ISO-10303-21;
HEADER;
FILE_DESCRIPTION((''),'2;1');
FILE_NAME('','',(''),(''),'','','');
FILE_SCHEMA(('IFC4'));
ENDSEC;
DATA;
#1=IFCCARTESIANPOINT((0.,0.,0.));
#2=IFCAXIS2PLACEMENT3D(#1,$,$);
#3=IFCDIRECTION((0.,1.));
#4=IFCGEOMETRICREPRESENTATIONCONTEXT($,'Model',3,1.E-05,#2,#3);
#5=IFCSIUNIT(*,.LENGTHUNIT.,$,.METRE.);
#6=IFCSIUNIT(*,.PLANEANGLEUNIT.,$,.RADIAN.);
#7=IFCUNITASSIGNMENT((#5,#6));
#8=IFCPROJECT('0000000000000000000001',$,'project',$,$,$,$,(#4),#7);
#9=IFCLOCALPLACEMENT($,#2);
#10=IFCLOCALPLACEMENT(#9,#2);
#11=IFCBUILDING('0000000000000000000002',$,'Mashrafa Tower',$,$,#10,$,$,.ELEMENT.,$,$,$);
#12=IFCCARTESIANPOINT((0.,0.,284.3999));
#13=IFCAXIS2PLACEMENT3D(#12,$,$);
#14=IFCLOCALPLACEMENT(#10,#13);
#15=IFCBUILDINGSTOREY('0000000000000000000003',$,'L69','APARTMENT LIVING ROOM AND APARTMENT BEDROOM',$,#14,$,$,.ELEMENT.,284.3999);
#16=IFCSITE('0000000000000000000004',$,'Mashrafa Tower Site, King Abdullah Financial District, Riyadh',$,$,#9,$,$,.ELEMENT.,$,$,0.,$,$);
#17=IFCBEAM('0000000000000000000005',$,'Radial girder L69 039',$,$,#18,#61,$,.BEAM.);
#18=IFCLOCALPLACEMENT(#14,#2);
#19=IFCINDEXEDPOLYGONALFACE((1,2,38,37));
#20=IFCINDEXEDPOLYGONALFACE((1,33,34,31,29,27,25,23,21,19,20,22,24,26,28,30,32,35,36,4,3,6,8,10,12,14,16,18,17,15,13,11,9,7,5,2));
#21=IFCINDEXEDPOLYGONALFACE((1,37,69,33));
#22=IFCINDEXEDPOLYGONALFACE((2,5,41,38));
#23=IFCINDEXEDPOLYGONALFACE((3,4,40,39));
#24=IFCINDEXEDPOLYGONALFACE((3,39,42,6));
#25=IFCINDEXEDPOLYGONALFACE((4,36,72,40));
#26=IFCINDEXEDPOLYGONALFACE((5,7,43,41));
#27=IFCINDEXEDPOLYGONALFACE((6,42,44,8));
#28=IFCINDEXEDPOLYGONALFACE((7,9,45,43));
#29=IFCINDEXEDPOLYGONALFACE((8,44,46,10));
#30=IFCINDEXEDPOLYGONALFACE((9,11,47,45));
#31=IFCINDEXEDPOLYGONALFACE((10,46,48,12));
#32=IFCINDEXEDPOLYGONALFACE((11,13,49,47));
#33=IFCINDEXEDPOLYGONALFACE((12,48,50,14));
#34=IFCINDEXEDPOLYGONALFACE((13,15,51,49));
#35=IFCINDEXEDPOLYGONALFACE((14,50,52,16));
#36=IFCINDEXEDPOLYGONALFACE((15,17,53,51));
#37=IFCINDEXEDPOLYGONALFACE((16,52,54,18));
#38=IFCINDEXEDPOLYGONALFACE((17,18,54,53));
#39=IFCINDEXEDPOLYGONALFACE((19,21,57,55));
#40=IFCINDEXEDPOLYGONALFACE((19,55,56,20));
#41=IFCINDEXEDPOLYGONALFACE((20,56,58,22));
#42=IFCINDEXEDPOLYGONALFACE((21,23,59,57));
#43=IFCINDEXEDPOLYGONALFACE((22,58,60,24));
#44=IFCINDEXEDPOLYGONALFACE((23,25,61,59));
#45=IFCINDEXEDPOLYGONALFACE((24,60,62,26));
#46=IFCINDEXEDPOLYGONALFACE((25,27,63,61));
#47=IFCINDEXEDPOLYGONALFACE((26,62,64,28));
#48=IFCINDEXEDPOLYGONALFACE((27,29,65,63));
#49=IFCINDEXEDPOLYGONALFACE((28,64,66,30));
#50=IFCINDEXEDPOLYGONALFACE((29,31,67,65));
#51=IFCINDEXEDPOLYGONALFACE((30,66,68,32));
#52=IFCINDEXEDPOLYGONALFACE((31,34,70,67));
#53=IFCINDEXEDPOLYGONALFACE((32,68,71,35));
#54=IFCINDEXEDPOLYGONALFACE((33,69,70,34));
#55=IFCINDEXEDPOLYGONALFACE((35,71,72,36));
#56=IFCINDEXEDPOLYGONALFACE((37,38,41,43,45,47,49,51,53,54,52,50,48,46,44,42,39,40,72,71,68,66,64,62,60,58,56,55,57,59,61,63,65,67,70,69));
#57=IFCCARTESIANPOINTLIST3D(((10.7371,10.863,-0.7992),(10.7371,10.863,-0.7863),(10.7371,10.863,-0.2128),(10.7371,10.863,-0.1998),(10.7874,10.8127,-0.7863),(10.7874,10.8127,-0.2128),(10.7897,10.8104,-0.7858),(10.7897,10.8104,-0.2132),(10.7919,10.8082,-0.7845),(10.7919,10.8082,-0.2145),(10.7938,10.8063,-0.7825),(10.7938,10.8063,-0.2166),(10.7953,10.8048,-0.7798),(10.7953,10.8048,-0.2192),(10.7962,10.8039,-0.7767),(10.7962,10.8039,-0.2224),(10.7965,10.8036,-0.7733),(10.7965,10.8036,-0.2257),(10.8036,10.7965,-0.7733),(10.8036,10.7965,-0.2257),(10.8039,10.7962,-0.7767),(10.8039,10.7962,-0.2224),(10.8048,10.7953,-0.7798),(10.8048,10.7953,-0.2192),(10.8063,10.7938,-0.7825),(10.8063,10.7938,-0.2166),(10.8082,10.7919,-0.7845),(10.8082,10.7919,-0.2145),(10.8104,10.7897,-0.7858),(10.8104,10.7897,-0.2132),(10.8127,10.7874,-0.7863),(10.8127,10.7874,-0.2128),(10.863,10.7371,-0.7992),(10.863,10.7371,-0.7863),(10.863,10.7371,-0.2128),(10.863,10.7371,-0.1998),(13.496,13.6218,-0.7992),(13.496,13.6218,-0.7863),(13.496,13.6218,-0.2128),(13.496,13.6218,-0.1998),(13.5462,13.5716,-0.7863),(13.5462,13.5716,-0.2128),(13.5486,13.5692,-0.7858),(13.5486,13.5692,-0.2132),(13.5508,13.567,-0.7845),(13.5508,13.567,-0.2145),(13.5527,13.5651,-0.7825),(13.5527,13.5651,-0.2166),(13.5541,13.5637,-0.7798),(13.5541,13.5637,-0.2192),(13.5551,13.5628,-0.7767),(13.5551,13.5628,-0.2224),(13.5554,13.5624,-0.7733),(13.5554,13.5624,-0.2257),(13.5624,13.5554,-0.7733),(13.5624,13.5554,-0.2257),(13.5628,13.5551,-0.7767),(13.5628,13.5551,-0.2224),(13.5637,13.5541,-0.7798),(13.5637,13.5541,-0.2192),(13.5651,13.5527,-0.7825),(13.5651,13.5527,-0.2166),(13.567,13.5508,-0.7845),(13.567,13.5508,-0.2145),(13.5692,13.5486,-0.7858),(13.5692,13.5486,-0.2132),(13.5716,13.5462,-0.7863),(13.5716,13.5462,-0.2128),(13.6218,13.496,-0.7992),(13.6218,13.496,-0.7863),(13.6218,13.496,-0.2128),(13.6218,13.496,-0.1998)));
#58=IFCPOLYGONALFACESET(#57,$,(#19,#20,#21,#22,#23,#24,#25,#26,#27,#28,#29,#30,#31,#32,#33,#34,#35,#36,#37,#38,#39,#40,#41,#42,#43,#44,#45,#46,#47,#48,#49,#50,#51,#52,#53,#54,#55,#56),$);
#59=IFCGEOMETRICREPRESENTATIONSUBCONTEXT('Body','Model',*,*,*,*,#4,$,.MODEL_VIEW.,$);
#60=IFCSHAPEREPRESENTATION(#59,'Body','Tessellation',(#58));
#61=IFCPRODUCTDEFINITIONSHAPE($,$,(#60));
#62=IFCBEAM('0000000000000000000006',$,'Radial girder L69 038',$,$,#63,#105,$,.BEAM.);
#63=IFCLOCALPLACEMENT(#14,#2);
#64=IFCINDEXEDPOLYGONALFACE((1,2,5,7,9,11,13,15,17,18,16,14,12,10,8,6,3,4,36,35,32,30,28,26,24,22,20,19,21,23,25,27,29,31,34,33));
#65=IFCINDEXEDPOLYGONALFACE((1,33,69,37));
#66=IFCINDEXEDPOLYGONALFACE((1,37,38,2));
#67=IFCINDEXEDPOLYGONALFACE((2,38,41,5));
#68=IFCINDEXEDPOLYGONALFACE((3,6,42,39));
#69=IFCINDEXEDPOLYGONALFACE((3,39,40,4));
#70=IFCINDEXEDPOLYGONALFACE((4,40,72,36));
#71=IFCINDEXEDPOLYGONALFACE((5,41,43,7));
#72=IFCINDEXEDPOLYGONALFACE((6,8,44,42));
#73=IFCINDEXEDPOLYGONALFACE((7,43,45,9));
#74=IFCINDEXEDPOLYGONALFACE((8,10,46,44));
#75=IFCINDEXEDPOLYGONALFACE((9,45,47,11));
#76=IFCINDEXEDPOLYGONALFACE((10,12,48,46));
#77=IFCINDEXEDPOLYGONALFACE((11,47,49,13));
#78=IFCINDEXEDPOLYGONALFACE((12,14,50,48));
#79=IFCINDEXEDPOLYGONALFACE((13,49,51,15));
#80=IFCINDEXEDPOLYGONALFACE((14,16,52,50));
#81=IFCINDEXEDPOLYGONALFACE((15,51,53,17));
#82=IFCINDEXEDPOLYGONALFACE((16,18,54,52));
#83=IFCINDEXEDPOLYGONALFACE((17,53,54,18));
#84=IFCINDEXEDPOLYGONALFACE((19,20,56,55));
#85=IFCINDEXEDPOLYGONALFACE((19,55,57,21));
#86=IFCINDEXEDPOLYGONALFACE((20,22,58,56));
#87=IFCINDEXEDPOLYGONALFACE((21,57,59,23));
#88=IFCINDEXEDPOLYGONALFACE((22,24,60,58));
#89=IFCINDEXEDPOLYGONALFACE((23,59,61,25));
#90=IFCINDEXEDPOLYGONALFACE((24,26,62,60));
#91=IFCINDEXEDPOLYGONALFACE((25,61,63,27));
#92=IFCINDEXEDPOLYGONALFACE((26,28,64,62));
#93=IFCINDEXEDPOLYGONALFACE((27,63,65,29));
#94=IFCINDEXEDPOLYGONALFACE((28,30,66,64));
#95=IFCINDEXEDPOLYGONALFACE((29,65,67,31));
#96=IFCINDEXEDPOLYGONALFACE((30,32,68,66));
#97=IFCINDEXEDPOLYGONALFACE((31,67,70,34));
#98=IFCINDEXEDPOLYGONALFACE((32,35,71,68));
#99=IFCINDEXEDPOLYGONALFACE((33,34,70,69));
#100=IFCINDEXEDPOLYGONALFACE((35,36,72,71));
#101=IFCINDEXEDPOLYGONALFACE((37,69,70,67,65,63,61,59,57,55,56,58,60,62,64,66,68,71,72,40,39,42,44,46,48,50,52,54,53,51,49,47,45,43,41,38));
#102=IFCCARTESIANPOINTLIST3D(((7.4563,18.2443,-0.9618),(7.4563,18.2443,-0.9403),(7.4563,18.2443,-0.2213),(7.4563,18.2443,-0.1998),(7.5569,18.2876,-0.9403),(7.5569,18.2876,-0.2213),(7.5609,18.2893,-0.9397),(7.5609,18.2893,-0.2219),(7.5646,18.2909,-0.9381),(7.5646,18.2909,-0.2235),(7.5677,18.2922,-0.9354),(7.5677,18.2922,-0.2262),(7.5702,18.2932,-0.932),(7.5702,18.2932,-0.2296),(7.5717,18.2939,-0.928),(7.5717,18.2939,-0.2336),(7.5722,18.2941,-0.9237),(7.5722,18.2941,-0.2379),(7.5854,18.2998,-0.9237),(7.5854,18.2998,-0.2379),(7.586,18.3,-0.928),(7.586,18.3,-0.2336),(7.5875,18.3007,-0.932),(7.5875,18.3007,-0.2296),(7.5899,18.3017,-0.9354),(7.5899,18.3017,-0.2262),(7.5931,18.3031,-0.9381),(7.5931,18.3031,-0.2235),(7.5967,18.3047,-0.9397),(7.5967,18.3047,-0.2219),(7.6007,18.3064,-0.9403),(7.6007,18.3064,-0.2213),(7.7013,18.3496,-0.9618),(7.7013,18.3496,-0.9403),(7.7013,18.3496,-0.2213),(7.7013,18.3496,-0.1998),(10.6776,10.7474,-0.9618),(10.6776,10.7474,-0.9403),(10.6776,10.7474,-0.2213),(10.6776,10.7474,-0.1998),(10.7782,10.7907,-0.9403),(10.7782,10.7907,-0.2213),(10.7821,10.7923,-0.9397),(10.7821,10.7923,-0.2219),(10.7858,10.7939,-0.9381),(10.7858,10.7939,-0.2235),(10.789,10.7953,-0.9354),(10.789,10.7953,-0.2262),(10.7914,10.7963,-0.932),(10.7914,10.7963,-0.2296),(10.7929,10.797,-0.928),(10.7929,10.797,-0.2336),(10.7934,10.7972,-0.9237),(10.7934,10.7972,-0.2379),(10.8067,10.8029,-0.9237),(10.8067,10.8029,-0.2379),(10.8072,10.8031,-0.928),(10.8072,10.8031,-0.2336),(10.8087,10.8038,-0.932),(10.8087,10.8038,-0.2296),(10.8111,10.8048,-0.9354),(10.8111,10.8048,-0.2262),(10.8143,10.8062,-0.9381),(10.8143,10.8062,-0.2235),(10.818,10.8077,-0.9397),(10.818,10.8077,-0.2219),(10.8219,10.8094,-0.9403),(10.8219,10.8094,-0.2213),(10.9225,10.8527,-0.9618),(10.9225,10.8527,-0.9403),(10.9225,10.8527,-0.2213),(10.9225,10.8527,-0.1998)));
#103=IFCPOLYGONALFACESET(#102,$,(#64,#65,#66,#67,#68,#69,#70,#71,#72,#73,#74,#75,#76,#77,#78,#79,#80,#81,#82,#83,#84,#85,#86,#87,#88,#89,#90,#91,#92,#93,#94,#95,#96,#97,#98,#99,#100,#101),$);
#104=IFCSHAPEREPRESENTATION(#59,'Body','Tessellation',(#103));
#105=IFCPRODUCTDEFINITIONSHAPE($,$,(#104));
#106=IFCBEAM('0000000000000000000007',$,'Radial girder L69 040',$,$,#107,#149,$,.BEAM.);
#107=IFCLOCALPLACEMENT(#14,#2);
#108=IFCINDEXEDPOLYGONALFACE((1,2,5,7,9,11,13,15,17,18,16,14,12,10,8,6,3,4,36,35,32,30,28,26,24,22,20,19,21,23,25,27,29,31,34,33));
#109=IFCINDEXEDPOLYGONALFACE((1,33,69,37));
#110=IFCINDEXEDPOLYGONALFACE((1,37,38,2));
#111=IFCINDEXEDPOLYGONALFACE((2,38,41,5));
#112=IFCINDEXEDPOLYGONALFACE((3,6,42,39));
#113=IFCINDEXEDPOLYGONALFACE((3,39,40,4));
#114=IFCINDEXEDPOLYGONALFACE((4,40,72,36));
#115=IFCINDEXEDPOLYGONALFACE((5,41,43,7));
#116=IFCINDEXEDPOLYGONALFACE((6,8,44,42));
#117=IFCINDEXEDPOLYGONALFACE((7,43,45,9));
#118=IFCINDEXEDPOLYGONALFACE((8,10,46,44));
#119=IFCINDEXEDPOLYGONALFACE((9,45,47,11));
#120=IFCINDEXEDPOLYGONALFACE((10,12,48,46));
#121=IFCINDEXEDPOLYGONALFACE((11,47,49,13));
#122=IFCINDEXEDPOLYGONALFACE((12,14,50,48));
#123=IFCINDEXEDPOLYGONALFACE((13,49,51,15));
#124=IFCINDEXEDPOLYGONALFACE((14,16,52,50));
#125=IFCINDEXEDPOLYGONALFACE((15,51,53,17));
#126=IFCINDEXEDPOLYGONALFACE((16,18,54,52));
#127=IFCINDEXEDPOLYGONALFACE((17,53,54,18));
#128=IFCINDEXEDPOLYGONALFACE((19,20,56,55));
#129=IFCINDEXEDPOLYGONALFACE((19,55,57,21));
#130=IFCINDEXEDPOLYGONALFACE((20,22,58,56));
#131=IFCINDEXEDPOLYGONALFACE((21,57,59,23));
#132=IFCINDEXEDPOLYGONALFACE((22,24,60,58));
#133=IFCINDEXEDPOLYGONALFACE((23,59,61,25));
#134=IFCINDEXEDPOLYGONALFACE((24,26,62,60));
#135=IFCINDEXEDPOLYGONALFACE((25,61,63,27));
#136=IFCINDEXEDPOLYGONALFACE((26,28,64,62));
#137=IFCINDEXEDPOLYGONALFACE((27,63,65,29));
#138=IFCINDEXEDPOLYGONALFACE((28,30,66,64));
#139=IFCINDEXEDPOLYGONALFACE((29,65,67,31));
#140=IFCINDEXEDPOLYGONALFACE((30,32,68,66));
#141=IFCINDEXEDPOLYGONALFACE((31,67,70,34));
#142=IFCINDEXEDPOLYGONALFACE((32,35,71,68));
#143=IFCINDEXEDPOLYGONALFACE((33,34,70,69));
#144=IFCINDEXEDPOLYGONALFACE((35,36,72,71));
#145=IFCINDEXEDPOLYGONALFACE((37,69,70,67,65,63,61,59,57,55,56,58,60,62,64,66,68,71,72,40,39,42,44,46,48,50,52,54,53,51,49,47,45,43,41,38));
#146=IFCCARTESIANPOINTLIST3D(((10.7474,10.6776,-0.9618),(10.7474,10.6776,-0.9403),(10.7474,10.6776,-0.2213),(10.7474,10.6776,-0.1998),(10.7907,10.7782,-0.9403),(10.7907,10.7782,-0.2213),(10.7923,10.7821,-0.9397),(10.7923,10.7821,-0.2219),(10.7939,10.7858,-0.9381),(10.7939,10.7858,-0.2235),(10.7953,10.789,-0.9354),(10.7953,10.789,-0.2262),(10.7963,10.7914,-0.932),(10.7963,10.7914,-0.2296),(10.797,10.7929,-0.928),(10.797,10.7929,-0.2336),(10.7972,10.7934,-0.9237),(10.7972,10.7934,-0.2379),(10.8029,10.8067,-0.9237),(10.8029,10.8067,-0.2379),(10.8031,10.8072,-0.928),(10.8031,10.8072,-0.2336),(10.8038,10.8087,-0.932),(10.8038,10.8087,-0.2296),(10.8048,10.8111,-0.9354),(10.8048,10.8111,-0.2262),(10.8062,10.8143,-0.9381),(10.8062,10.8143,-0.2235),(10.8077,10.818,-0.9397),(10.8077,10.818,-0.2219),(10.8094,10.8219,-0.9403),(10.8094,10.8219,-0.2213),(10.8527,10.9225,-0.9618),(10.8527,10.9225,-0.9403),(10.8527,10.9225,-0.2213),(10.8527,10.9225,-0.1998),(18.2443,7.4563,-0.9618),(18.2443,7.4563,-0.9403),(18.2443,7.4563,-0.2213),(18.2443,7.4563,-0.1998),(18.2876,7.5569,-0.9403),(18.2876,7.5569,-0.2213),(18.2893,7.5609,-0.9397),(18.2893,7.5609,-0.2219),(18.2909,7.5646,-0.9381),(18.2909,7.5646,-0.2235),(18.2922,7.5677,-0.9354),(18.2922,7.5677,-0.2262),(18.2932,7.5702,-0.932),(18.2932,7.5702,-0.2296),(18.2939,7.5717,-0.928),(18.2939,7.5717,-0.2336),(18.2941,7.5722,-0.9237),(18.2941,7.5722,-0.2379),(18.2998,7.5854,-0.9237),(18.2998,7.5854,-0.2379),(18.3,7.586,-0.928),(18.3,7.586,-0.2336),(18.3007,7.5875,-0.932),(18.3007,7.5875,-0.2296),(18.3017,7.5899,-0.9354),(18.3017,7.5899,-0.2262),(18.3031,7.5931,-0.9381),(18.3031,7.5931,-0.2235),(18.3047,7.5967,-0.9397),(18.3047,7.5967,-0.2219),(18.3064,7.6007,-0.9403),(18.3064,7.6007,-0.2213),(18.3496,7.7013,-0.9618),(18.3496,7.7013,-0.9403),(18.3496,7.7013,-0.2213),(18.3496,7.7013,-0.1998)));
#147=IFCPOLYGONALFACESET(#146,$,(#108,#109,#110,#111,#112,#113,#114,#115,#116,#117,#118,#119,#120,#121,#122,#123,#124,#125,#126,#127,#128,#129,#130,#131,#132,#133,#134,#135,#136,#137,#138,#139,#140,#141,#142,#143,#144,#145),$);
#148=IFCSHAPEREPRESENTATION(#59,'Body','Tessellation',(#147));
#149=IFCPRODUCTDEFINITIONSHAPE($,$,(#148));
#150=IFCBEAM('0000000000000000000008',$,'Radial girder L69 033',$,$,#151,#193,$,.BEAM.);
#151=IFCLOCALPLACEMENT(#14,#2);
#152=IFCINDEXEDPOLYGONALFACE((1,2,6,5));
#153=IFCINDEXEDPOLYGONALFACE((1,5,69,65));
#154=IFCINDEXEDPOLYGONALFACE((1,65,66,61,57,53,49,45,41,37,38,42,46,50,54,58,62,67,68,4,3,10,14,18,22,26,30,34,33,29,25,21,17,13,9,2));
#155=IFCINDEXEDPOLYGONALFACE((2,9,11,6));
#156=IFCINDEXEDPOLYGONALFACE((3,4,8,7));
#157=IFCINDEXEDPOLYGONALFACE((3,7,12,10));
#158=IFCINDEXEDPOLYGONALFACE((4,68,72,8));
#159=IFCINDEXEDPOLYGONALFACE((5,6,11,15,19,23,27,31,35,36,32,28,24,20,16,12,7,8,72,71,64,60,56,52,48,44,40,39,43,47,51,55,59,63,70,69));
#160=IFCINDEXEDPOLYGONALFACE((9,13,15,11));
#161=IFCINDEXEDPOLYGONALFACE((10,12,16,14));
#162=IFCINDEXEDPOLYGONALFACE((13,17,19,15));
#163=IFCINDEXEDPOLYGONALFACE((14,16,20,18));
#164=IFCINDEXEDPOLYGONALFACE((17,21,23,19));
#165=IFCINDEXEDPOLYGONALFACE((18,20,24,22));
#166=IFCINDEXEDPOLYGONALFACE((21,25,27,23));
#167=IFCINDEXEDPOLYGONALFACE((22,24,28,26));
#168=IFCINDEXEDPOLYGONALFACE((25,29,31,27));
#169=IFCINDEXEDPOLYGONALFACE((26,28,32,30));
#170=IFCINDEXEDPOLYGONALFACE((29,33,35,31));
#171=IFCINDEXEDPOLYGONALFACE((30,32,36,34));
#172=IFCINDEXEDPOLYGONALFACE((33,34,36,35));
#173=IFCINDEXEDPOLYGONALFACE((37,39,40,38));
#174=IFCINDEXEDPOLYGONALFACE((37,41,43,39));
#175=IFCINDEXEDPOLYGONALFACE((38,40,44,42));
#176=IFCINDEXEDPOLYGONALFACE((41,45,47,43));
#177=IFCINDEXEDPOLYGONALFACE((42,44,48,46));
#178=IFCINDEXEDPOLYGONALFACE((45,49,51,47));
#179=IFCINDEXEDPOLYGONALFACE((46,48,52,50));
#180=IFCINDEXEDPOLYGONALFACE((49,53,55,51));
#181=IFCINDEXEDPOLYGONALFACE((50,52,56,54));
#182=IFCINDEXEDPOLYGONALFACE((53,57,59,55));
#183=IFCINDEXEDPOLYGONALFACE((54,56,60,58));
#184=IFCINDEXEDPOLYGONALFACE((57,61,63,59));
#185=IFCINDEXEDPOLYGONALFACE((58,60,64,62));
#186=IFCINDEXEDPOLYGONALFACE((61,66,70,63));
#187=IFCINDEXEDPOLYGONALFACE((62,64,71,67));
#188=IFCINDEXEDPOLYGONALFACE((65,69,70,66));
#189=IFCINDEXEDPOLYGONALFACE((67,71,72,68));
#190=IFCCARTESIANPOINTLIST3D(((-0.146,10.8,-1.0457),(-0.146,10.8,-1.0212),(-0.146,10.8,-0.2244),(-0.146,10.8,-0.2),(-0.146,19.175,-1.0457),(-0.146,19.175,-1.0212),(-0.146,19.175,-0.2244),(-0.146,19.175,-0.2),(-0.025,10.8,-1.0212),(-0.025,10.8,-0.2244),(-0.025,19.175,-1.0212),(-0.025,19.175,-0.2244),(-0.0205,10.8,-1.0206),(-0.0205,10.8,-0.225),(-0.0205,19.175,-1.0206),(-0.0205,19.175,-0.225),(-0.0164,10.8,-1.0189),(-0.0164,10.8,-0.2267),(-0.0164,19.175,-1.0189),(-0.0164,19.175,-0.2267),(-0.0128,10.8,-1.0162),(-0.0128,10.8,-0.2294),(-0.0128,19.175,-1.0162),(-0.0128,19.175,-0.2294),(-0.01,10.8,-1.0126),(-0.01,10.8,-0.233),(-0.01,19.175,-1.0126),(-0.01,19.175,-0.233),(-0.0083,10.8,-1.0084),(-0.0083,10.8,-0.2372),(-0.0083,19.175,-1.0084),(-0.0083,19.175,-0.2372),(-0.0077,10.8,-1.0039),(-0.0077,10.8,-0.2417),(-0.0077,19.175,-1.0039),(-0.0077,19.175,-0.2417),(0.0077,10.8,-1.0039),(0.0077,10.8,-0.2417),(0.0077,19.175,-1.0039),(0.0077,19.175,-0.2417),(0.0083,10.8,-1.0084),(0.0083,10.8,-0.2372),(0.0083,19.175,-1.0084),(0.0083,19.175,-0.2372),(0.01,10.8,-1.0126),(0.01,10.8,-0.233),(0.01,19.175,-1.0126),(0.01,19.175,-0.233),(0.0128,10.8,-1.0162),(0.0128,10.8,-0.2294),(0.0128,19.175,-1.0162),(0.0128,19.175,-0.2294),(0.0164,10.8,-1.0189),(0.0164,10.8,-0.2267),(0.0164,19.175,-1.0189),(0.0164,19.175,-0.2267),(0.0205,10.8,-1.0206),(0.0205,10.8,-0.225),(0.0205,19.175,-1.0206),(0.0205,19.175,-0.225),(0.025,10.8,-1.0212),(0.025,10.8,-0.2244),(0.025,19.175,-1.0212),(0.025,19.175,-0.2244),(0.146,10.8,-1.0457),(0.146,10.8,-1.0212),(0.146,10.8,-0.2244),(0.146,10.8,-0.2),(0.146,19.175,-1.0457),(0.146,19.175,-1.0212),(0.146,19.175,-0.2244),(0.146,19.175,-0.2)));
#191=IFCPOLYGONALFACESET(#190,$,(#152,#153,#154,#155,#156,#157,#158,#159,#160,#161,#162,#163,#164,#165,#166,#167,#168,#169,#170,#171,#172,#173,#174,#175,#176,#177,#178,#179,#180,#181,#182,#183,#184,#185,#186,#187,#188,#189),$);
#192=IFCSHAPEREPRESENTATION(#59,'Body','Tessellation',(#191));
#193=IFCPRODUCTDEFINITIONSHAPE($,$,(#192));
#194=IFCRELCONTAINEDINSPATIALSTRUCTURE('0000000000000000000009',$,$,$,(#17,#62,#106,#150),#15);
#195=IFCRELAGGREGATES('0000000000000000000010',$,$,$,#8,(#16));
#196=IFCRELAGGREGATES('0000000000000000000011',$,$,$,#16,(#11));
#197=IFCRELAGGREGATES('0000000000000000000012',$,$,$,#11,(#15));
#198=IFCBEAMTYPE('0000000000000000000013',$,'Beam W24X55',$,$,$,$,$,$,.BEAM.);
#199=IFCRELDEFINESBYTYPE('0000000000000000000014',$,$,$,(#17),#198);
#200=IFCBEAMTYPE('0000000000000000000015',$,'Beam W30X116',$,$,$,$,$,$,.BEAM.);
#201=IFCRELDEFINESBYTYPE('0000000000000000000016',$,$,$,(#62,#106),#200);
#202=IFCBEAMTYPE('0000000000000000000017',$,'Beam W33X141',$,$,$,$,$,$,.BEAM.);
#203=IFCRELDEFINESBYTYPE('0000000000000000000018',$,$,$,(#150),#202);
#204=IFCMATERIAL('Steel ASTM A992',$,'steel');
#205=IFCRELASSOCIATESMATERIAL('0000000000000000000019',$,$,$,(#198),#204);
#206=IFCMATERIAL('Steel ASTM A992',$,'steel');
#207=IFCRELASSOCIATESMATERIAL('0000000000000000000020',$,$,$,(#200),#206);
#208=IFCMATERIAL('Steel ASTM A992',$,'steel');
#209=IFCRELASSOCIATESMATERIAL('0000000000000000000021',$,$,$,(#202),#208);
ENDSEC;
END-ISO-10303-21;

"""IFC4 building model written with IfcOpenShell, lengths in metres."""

from ifc_helpers import new_model, si_unit, direction, frame, origin, origin_2d, place, context, subcontext, project, spatial, i_section, extrude, material, material_profile, profile_set, type_object, element, save


model = new_model("IFC4")

# Units and contexts
model_context = context("Model", 3, precision=1e-05, world=origin(), true_north=direction((0.0, 1.0)))
body_context = subcontext(model_context, "Body", "Model", "MODEL_VIEW")
ifc_project = project(units=[si_unit("LENGTHUNIT", "METRE"), si_unit("PLANEANGLEUNIT", "RADIAN")], contexts=[model_context])

# Site, building, storey
site_placement = place(None, origin())
site = spatial("IfcSite", under=ifc_project, at=site_placement, Name="Mashrafa Tower Site, King Abdullah Financial District, Riyadh", CompositionType="ELEMENT", RefElevation=0.0)
building_placement = place(site_placement, origin())
building = spatial("IfcBuilding", under=site, at=building_placement, Name="Mashrafa Tower", CompositionType="ELEMENT")
storey_placement = place(building_placement, frame((0.0, 0.0, 284.3999)))
storey = spatial("IfcBuildingStorey", under=building, at=storey_placement, Name="L69", Description="APARTMENT LIVING ROOM AND APARTMENT BEDROOM", CompositionType="ELEMENT", Elevation=284.3999)

# Beams
ifc_material_1 = material(Name="Steel ASTM A992", Category="steel")
ifc_material_profile_1 = material_profile(ifc_material_1, i_section(OverallWidth=0.178, OverallDepth=0.5994, WebThickness=0.01, FlangeThickness=0.0129, FilletRadius=0.0129, at=origin_2d()), Name="W24X55")
ifc_profile_set_1 = profile_set([ifc_material_profile_1], Name="Steel ASTM A992")
beam_type_1 = type_object("IfcBeamType", Name="Beam W24X55", PredefinedType="BEAM", material=ifc_profile_set_1)
beam_1_placement = place(storey_placement, frame((10.8, 10.8, -0.4995), z_axis=(0.707107, 0.707107, 0.0), x_axis=(-0.707107, 0.707107, 0.0)))
element("IfcBeam", 1, at=beam_1_placement, inside=storey, type_object=beam_type_1, Name="Radial girder L69 039", PredefinedType="BEAM", context=body_context, shape_type="SweptSolid", body=[
    extrude(i_section(OverallWidth=0.178, OverallDepth=0.5994, WebThickness=0.01, FlangeThickness=0.0129, FilletRadius=0.0129, at=origin_2d()), origin(), (0.0, 0.0, 1.0), 3.9016),
])
ifc_material_2 = material(Name="Steel ASTM A992", Category="steel")
ifc_material_profile_2 = material_profile(ifc_material_2, i_section(OverallWidth=0.2666, OverallDepth=0.762, WebThickness=0.0144, FlangeThickness=0.0215, FilletRadius=0.0166, at=origin_2d()), Name="W30X116")
ifc_profile_set_2 = profile_set([ifc_material_profile_2], Name="Steel ASTM A992")
beam_type_2 = type_object("IfcBeamType", Name="Beam W30X116", PredefinedType="BEAM", material=ifc_profile_set_2)
for number, where, z_axis, x_axis, name in (
    (2, (10.8, 10.8, -0.5808), (-0.394775, 0.918778, 0.0), (-0.918778, -0.394775, 0.0), "Radial girder L69 038"),
    (3, (10.8, 10.8, -0.5808), (0.918778, -0.394775, 0.0), (0.394775, 0.918778, 0.0), "Radial girder L69 040"),
):
    element("IfcBeam", number, at=place(storey_placement, frame(where, z_axis=z_axis, x_axis=x_axis)), inside=storey, type_object=beam_type_2, Name=name, PredefinedType="BEAM", context=body_context, shape_type="SweptSolid", body=[
        extrude(i_section(OverallWidth=0.2666, OverallDepth=0.762, WebThickness=0.0144, FlangeThickness=0.0215, FilletRadius=0.0166, at=origin_2d()), origin(), (0.0, 0.0, 1.0), 8.1597),
    ])
ifc_material_3 = material(Name="Steel ASTM A992", Category="steel")
ifc_material_profile_3 = material_profile(ifc_material_3, i_section(OverallWidth=0.292, OverallDepth=0.8457, WebThickness=0.0154, FlangeThickness=0.0244, FilletRadius=0.0173, at=origin_2d()), Name="W33X141")
ifc_profile_set_3 = profile_set([ifc_material_profile_3], Name="Steel ASTM A992")
beam_type_3 = type_object("IfcBeamType", Name="Beam W33X141", PredefinedType="BEAM", material=ifc_profile_set_3)
beam_2_placement = place(storey_placement, frame((0.0, 10.8, -0.6228), z_axis=(0.0, 1.0, 0.0), x_axis=(-1.0, 0.0, 0.0)))
element("IfcBeam", 4, at=beam_2_placement, inside=storey, type_object=beam_type_3, Name="Radial girder L69 033", PredefinedType="BEAM", context=body_context, shape_type="SweptSolid", body=[
    extrude(i_section(OverallWidth=0.292, OverallDepth=0.8457, WebThickness=0.0154, FlangeThickness=0.0244, FilletRadius=0.0173, at=origin_2d()), origin(), (0.0, 0.0, 1.0), 8.375),
])

save(model, "model.ifc")
